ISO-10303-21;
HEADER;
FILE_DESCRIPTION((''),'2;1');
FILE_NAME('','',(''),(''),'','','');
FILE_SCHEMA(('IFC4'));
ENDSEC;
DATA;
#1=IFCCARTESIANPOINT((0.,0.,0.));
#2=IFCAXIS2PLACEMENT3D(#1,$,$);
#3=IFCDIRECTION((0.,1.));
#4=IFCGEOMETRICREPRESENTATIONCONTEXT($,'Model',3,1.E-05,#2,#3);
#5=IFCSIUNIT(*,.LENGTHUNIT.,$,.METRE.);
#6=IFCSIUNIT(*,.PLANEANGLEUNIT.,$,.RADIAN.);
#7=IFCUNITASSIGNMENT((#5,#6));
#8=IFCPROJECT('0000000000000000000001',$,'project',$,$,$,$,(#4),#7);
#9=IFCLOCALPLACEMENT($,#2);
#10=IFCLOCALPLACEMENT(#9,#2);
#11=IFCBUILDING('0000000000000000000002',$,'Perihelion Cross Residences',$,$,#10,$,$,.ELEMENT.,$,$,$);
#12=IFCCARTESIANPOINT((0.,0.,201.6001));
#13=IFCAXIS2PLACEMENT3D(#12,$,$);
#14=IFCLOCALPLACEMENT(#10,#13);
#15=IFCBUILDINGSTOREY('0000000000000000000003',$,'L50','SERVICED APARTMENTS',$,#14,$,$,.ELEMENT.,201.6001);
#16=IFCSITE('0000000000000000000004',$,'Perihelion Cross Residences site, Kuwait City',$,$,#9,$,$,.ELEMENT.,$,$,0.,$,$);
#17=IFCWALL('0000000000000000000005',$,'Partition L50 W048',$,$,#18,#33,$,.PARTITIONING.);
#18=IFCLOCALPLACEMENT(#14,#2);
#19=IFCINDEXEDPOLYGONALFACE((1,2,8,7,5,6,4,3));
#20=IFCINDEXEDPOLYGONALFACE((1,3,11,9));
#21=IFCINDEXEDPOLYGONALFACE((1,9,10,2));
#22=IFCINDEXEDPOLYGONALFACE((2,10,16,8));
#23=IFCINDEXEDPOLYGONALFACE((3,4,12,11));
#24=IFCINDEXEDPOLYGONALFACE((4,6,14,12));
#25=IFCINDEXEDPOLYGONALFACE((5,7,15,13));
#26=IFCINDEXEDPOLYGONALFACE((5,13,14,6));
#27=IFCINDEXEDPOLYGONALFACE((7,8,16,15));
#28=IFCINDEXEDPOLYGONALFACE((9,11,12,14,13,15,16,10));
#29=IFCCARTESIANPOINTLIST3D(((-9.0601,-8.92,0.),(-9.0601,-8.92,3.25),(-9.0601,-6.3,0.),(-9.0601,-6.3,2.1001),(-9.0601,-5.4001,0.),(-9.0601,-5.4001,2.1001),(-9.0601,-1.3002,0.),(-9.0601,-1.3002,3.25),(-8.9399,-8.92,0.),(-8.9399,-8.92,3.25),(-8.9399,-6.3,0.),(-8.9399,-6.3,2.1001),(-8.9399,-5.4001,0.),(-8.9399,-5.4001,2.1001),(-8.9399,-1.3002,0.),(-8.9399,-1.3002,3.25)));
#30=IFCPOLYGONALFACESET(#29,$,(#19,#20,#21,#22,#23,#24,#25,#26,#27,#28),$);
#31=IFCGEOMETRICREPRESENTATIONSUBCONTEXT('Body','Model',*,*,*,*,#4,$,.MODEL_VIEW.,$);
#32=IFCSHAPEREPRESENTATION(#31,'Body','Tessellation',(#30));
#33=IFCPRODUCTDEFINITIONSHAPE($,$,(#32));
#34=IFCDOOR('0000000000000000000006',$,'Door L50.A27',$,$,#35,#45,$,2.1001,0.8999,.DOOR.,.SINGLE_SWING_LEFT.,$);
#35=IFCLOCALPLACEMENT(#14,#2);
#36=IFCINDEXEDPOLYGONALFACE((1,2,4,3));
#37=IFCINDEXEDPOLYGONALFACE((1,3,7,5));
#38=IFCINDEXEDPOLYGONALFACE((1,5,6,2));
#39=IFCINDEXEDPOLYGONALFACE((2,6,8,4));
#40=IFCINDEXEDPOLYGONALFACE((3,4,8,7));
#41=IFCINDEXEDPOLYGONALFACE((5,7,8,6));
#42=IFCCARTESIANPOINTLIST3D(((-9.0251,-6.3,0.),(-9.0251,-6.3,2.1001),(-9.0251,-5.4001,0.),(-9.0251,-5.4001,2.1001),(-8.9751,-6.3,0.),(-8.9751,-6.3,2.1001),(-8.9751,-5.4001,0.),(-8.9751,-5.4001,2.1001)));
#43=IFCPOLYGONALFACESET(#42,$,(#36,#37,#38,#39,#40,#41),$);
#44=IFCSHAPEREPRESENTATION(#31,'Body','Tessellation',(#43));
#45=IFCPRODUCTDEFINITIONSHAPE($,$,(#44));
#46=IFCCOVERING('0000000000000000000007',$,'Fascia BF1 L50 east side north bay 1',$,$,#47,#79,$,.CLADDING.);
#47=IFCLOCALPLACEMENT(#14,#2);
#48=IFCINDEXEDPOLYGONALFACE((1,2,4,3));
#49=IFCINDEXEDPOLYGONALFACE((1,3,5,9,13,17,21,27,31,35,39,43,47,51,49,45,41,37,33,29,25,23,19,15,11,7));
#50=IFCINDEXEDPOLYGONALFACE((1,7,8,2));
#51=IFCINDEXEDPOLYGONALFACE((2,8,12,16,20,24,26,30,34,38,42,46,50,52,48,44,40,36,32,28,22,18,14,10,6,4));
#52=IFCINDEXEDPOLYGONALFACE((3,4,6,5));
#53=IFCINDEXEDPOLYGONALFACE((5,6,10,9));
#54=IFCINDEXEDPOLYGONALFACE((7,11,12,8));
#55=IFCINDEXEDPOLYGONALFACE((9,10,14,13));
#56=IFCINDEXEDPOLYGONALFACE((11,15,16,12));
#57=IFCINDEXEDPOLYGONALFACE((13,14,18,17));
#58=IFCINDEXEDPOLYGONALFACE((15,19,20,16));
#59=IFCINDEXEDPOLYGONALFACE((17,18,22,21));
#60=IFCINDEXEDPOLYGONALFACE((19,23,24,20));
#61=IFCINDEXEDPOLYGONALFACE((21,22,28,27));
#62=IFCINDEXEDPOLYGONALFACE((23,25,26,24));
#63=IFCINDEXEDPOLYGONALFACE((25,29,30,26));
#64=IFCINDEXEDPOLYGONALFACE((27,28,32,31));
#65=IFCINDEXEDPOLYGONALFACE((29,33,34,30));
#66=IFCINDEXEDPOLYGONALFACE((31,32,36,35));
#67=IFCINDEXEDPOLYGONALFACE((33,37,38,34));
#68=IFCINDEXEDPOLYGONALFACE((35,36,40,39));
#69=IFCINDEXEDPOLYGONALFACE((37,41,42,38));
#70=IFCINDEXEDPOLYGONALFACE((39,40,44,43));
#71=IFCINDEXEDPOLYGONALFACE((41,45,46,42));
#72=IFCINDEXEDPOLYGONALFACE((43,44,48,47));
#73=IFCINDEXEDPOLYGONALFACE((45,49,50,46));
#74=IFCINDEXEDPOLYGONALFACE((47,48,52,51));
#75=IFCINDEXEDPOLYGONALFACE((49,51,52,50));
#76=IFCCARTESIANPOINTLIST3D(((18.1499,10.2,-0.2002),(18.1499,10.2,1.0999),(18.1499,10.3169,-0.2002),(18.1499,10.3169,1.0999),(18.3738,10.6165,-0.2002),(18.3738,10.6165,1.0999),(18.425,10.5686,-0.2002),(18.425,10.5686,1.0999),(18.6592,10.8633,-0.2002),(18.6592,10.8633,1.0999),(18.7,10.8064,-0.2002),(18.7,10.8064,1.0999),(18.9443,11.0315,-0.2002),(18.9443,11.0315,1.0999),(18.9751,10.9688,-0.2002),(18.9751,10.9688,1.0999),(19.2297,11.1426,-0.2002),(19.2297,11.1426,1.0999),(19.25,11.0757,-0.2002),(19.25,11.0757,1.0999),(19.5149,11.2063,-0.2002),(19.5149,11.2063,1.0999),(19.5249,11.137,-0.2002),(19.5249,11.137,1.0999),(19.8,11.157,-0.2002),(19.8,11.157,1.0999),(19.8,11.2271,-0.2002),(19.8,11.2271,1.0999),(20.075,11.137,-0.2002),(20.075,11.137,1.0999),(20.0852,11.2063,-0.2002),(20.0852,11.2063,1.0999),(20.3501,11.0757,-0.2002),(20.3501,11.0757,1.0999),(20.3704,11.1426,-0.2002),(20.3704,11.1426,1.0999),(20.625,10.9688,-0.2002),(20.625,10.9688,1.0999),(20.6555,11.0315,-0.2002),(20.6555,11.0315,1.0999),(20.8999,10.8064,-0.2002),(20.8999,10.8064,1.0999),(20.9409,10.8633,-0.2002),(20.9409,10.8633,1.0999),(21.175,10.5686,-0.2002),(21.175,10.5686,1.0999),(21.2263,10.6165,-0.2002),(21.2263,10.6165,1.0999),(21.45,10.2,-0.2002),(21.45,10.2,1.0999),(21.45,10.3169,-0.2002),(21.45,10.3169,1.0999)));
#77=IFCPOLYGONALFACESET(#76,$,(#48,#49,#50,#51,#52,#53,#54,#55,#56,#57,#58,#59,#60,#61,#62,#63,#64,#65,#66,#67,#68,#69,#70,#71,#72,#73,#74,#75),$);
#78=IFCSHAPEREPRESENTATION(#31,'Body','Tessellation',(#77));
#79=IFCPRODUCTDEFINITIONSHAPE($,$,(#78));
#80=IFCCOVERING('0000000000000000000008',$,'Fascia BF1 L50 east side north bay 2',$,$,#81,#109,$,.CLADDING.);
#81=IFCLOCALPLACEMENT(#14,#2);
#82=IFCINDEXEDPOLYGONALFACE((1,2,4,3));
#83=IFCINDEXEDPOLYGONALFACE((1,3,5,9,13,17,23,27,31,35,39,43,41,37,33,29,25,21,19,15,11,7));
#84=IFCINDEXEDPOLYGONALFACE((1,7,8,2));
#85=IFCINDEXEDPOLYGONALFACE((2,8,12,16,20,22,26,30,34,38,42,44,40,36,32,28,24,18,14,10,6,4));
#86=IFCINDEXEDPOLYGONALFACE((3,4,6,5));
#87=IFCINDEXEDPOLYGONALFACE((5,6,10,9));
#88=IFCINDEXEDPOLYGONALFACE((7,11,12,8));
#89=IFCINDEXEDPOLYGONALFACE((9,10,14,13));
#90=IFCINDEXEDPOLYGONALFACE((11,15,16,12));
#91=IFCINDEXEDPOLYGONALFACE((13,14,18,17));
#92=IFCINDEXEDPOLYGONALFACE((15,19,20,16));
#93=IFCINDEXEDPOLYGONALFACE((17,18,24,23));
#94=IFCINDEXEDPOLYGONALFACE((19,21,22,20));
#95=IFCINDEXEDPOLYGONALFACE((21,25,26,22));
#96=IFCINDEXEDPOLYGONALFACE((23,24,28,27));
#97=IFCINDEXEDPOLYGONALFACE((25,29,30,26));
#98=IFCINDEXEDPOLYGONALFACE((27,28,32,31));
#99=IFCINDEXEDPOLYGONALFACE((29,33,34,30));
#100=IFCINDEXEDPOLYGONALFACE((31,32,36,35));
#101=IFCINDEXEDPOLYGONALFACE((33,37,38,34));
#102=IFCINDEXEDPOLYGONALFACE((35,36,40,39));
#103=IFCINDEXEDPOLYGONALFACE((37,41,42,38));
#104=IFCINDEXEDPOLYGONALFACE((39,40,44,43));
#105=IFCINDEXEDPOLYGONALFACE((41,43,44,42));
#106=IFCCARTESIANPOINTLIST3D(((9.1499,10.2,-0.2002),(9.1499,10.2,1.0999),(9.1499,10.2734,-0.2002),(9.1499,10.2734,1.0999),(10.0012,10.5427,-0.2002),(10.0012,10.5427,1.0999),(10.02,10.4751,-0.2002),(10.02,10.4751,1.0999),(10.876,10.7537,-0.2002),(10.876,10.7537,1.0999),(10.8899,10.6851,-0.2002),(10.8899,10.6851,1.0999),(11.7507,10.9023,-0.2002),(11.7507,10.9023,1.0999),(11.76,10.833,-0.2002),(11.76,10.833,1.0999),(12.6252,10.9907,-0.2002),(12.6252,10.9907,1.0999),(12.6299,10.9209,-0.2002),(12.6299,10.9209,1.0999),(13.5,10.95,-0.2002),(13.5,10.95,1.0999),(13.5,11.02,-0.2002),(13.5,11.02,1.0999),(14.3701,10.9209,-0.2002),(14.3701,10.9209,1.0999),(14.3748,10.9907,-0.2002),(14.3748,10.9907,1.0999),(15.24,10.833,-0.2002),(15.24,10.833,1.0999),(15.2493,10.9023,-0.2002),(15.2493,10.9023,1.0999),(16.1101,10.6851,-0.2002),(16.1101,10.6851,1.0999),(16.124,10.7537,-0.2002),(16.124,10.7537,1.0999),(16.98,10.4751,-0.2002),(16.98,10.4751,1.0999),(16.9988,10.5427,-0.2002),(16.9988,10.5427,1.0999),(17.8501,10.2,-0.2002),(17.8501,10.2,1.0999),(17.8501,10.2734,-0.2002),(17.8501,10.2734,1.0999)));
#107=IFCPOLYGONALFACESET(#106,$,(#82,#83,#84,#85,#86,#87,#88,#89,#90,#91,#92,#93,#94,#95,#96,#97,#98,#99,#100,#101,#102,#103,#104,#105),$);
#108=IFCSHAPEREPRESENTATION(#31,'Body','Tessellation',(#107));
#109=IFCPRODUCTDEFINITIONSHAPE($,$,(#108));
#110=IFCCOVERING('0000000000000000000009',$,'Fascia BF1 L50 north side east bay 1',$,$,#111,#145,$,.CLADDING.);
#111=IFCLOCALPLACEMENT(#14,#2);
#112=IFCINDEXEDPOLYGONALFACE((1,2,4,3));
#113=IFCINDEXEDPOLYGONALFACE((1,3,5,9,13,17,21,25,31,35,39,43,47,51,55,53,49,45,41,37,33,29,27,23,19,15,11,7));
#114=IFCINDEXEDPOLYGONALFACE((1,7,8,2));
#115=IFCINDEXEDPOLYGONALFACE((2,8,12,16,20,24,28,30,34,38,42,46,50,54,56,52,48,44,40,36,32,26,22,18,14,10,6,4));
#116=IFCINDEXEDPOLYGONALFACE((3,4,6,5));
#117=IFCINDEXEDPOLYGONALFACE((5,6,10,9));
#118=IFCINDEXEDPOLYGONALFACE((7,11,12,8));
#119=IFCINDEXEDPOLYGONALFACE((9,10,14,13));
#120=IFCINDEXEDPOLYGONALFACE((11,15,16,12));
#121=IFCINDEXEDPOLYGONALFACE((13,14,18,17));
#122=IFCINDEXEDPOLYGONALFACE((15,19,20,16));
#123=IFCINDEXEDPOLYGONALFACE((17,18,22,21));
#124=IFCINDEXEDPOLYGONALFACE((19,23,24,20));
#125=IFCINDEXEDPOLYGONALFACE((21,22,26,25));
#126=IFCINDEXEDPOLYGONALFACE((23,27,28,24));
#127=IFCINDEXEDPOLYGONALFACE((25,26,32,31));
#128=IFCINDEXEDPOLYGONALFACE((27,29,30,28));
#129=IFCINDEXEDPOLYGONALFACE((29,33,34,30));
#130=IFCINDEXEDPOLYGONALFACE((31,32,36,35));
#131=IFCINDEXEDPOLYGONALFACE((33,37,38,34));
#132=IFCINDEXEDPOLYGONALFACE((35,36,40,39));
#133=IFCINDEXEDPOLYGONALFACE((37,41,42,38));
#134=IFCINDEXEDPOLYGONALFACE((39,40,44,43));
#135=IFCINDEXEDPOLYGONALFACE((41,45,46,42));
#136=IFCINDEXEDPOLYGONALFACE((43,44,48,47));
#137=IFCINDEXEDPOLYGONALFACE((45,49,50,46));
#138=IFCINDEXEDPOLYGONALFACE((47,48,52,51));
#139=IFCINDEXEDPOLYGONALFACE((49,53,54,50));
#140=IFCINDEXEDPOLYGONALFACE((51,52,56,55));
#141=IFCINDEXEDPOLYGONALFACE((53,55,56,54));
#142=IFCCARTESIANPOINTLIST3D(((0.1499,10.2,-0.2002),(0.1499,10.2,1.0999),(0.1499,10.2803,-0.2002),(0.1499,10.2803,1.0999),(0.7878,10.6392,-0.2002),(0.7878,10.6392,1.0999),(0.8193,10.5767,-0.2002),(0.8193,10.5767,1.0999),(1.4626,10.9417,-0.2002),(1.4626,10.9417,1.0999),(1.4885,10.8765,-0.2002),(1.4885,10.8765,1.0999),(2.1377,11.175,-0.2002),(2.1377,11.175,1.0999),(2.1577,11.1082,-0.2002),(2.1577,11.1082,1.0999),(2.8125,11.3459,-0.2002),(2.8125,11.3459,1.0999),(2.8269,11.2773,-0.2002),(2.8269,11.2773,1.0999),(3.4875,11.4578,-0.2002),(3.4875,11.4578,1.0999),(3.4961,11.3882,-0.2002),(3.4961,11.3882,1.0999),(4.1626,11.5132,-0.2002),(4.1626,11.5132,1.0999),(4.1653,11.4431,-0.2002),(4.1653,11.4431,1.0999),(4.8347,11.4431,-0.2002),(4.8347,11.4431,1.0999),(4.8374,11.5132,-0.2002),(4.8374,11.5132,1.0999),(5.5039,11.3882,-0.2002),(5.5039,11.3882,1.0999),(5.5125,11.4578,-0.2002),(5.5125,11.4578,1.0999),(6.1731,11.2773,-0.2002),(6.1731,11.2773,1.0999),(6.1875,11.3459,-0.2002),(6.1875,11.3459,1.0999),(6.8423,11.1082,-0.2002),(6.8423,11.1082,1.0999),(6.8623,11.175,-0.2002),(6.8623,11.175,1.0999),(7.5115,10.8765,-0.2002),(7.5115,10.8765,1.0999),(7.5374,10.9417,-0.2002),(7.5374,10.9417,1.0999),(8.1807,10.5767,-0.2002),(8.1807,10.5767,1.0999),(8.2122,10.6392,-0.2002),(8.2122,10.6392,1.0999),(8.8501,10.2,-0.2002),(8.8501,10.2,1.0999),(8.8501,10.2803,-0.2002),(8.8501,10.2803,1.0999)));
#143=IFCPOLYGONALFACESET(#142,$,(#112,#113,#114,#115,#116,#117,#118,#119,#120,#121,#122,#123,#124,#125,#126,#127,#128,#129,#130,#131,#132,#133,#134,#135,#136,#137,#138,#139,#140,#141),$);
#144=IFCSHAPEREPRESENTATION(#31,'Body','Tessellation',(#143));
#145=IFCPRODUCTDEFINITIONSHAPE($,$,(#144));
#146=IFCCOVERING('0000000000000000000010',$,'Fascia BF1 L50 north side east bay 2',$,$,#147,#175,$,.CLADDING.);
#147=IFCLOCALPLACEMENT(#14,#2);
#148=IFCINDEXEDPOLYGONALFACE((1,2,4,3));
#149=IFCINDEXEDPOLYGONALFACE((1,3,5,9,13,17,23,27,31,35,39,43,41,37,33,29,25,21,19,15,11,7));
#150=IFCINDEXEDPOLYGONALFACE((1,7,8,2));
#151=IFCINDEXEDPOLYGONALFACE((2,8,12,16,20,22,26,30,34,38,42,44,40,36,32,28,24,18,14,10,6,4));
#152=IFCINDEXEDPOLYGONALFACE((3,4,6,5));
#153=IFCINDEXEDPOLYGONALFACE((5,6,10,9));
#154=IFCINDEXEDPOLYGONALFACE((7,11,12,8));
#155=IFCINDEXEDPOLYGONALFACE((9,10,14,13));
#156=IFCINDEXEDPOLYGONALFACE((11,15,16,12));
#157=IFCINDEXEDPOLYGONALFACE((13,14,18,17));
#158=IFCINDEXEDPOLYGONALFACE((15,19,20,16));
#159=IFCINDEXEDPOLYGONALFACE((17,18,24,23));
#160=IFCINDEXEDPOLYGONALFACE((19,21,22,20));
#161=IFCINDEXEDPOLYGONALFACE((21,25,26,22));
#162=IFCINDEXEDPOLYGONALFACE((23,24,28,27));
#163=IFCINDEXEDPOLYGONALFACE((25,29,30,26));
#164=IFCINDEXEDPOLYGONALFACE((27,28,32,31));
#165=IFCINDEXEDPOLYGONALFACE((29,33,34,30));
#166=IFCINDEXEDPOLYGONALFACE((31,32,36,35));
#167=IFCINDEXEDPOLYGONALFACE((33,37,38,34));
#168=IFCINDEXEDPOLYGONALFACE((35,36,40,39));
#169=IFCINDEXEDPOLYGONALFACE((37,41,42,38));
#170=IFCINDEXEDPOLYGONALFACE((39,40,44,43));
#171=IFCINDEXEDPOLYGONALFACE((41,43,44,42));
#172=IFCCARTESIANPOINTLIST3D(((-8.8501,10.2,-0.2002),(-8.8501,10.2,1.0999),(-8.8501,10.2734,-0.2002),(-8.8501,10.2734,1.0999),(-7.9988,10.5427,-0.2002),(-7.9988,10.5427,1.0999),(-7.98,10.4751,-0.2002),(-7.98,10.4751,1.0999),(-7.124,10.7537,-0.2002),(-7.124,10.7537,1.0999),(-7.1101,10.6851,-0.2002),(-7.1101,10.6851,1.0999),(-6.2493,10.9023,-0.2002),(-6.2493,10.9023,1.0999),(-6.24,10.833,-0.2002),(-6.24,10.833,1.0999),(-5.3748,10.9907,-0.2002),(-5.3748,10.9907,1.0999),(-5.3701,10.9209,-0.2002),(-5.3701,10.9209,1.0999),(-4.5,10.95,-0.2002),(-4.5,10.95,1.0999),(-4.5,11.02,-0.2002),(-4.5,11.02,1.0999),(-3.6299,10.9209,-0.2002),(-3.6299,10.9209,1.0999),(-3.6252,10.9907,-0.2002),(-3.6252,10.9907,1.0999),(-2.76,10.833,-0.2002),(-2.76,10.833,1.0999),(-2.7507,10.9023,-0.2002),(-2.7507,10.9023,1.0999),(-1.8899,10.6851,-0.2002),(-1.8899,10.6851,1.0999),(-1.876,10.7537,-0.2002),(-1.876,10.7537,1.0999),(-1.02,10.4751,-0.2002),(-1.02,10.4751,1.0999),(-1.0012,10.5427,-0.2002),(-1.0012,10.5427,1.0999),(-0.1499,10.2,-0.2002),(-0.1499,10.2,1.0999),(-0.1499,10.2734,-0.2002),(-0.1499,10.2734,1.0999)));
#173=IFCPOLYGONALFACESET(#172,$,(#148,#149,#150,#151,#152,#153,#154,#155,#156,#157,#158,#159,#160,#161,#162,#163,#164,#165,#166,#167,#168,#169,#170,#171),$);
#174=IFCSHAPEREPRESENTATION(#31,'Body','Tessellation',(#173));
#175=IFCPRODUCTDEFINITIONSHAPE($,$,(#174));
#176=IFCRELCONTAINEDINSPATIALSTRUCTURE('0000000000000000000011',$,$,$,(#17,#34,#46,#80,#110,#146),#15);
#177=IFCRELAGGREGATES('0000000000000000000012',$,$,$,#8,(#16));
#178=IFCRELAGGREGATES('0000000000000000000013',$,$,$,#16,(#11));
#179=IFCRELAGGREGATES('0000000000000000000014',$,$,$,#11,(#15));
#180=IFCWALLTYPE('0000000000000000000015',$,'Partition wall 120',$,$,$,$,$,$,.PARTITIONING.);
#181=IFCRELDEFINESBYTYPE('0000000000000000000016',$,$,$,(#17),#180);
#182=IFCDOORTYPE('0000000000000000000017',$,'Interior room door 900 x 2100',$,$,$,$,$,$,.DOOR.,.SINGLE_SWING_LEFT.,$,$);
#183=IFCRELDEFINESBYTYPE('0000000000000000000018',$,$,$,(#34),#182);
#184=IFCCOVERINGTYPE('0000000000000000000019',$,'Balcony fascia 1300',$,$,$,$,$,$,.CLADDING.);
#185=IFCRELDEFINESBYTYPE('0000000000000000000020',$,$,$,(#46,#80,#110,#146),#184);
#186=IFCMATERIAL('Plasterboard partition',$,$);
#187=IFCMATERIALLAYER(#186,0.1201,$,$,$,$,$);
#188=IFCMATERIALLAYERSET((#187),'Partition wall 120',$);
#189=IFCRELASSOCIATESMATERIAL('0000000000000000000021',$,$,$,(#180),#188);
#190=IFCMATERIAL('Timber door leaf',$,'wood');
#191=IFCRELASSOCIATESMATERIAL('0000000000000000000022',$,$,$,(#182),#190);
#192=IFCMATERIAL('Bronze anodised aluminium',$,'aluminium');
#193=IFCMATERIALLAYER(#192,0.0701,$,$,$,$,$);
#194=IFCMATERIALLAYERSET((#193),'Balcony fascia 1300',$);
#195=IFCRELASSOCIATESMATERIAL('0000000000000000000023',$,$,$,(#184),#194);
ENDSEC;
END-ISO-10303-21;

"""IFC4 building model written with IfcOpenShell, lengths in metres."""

from ifc_helpers import new_model, si_unit, direction, frame, frame_2d, origin, place, context, subcontext, project, spatial, polyline, rectangle, outline, extrude, material, layer, layer_set, type_object, element, fill, save


model = new_model("IFC4")

# Units and contexts
model_context = context("Model", 3, precision=1e-05, world=origin(), true_north=direction((0.0, 1.0)))
body_context = subcontext(model_context, "Body", "Model", "MODEL_VIEW")
ifc_project = project(units=[si_unit("LENGTHUNIT", "METRE"), si_unit("PLANEANGLEUNIT", "RADIAN")], contexts=[model_context])

# Site, building, storey
site_placement = place(None, origin())
site = spatial("IfcSite", under=ifc_project, at=site_placement, Name="Perihelion Cross Residences site, Kuwait City", CompositionType="ELEMENT", RefElevation=0.0)
building_placement = place(site_placement, origin())
building = spatial("IfcBuilding", under=site, at=building_placement, Name="Perihelion Cross Residences", CompositionType="ELEMENT")
storey_placement = place(building_placement, frame((0.0, 0.0, 201.6001)))
storey = spatial("IfcBuildingStorey", under=building, at=storey_placement, Name="L50", Description="SERVICED APARTMENTS", CompositionType="ELEMENT", Elevation=201.6001)

# Wall, opening, door
ifc_material_1 = material(Name="Plasterboard partition")
ifc_layer_1 = layer(ifc_material_1, 0.1201)
ifc_layer_set_1 = layer_set([ifc_layer_1], Name="Partition wall 120")
wall_type_1 = type_object("IfcWallType", Name="Partition wall 120", PredefinedType="PARTITIONING", material=ifc_layer_set_1)
wall_1_placement = place(storey_placement, frame((-9.0, -1.3, 0.0), z_axis=(0.0, 0.0, 1.0), x_axis=(0.0, -1.0, 0.0)))
wall_1 = element("IfcWall", 1, at=wall_1_placement, inside=storey, type_object=wall_type_1, Name="Partition L50 W048", PredefinedType="PARTITIONING", context=body_context, shape_type="SweptSolid", body=[
    extrude(rectangle(XDim=7.6199, YDim=0.1201, at=frame_2d((3.8101, 0.0))), origin(), (0.0, 0.0, 1.0), 3.25),
])
opening_1_placement = place(wall_1_placement, frame((4.1001, 0.0, 0.0)))
opening_1 = element("IfcOpeningElement", 2, at=opening_1_placement, cuts=wall_1, PredefinedType="OPENING", context=body_context, shape_type="SweptSolid", body=[
    extrude(rectangle(XDim=0.8999, YDim=2.1001, at=frame_2d((0.45, 1.05))), frame((0.0, 0.0701, 0.0), z_axis=(0.0, -1.0, 0.0), x_axis=(1.0, 0.0, 0.0)), (0.0, 0.0, 1.0), 0.1401),
])
ifc_material_2 = material(Name="Timber door leaf", Category="wood")
door_type_1 = type_object("IfcDoorType", Name="Interior room door 900 x 2100", OperationType="SINGLE_SWING_LEFT", PredefinedType="DOOR", material=ifc_material_2)
door_1_placement = place(opening_1_placement, origin())
door_1 = element("IfcDoor", 3, at=door_1_placement, inside=storey, type_object=door_type_1, Name="Door L50.A27", OperationType="SINGLE_SWING_LEFT", OverallHeight=2.1001, OverallWidth=0.8999, PredefinedType="DOOR", context=body_context, shape_type="SweptSolid", body=[
    extrude(rectangle(XDim=0.8999, YDim=2.1001, at=frame_2d((0.45, 1.05))), frame((0.0, 0.0249, 0.0), z_axis=(0.0, -1.0, 0.0), x_axis=(1.0, 0.0, 0.0)), (0.0, 0.0, 1.0), 0.05),
])
fill(opening_1, door_1)

# Coverings
ifc_material_3 = material(Name="Bronze anodised aluminium", Category="aluminium")
ifc_layer_2 = layer(ifc_material_3, 0.0701)
ifc_layer_set_2 = layer_set([ifc_layer_2], Name="Balcony fascia 1300")
covering_type = type_object("IfcCoveringType", Name="Balcony fascia 1300", PredefinedType="CLADDING", material=ifc_layer_set_2)
covering_1_placement = place(storey_placement, frame((0.0, 0.0, -0.2002)))
element("IfcCovering", 4, at=covering_1_placement, inside=storey, type_object=covering_type, Name="Fascia BF1 L50 east side north bay 1", PredefinedType="CLADDING", context=body_context, shape_type="SweptSolid", body=[
    extrude(outline(polyline([(21.2263, 10.6165), (20.9409, 10.8633), (20.6555, 11.0315), (20.3704, 11.1426), (20.0852, 11.2063), (19.8, 11.2271), (19.5149, 11.2063), (19.2297, 11.1426), (18.9443, 11.0315), (18.6592, 10.8633), (18.3738, 10.6165), (18.1499, 10.3169), (18.1499, 10.2), (18.425, 10.5686), (18.7, 10.8064), (18.9751, 10.9688), (19.25, 11.0757), (19.5249, 11.137), (19.8, 11.157), (20.075, 11.137), (20.3501, 11.0757), (20.625, 10.9688), (20.8999, 10.8064), (21.175, 10.5686), (21.45, 10.2), (21.45, 10.3169), (21.2263, 10.6165)])), origin(), (0.0, 0.0, 1.0), 1.3),
])
covering_2_placement = place(storey_placement, frame((0.0, 0.0, -0.2002)))
element("IfcCovering", 5, at=covering_2_placement, inside=storey, type_object=covering_type, Name="Fascia BF1 L50 east side north bay 2", PredefinedType="CLADDING", context=body_context, shape_type="SweptSolid", body=[
    extrude(outline(polyline([(16.9988, 10.5427), (16.124, 10.7537), (15.2493, 10.9023), (14.3748, 10.9907), (13.5, 11.02), (12.6252, 10.9907), (11.7507, 10.9023), (10.876, 10.7537), (10.0012, 10.5427), (9.1499, 10.2734), (9.1499, 10.2), (10.02, 10.4751), (10.8899, 10.6851), (11.76, 10.833), (12.6299, 10.9209), (13.5, 10.95), (14.3701, 10.9209), (15.24, 10.833), (16.1101, 10.6851), (16.98, 10.4751), (17.8501, 10.2), (17.8501, 10.2734), (16.9988, 10.5427)])), origin(), (0.0, 0.0, 1.0), 1.3),
])
covering_3_placement = place(storey_placement, frame((0.0, 0.0, -0.2002)))
element("IfcCovering", 6, at=covering_3_placement, inside=storey, type_object=covering_type, Name="Fascia BF1 L50 north side east bay 1", PredefinedType="CLADDING", context=body_context, shape_type="SweptSolid", body=[
    extrude(outline(polyline([(8.2122, 10.6392), (7.5374, 10.9417), (6.8623, 11.175), (6.1875, 11.3459), (5.5125, 11.4578), (4.8374, 11.5132), (4.1626, 11.5132), (3.4875, 11.4578), (2.8125, 11.3459), (2.1377, 11.175), (1.4626, 10.9417), (0.7878, 10.6392), (0.1499, 10.2803), (0.1499, 10.2), (0.8193, 10.5767), (1.4885, 10.8765), (2.1577, 11.1082), (2.8269, 11.2773), (3.4961, 11.3882), (4.1653, 11.4431), (4.8347, 11.4431), (5.5039, 11.3882), (6.1731, 11.2773), (6.8423, 11.1082), (7.5115, 10.8765), (8.1807, 10.5767), (8.8501, 10.2), (8.8501, 10.2803), (8.2122, 10.6392)])), origin(), (0.0, 0.0, 1.0), 1.3),
])
covering_4_placement = place(storey_placement, frame((0.0, 0.0, -0.2002)))
element("IfcCovering", 7, at=covering_4_placement, inside=storey, type_object=covering_type, Name="Fascia BF1 L50 north side east bay 2", PredefinedType="CLADDING", context=body_context, shape_type="SweptSolid", body=[
    extrude(outline(polyline([(-1.0012, 10.5427), (-1.876, 10.7537), (-2.7507, 10.9023), (-3.6252, 10.9907), (-4.5, 11.02), (-5.3748, 10.9907), (-6.2493, 10.9023), (-7.124, 10.7537), (-7.9988, 10.5427), (-8.8501, 10.2734), (-8.8501, 10.2), (-7.98, 10.4751), (-7.1101, 10.6851), (-6.24, 10.833), (-5.3701, 10.9209), (-4.5, 10.95), (-3.6299, 10.9209), (-2.76, 10.833), (-1.8899, 10.6851), (-1.02, 10.4751), (-0.1499, 10.2), (-0.1499, 10.2734), (-1.0012, 10.5427)])), origin(), (0.0, 0.0, 1.0), 1.3),
])

save(model, "model.ifc")
